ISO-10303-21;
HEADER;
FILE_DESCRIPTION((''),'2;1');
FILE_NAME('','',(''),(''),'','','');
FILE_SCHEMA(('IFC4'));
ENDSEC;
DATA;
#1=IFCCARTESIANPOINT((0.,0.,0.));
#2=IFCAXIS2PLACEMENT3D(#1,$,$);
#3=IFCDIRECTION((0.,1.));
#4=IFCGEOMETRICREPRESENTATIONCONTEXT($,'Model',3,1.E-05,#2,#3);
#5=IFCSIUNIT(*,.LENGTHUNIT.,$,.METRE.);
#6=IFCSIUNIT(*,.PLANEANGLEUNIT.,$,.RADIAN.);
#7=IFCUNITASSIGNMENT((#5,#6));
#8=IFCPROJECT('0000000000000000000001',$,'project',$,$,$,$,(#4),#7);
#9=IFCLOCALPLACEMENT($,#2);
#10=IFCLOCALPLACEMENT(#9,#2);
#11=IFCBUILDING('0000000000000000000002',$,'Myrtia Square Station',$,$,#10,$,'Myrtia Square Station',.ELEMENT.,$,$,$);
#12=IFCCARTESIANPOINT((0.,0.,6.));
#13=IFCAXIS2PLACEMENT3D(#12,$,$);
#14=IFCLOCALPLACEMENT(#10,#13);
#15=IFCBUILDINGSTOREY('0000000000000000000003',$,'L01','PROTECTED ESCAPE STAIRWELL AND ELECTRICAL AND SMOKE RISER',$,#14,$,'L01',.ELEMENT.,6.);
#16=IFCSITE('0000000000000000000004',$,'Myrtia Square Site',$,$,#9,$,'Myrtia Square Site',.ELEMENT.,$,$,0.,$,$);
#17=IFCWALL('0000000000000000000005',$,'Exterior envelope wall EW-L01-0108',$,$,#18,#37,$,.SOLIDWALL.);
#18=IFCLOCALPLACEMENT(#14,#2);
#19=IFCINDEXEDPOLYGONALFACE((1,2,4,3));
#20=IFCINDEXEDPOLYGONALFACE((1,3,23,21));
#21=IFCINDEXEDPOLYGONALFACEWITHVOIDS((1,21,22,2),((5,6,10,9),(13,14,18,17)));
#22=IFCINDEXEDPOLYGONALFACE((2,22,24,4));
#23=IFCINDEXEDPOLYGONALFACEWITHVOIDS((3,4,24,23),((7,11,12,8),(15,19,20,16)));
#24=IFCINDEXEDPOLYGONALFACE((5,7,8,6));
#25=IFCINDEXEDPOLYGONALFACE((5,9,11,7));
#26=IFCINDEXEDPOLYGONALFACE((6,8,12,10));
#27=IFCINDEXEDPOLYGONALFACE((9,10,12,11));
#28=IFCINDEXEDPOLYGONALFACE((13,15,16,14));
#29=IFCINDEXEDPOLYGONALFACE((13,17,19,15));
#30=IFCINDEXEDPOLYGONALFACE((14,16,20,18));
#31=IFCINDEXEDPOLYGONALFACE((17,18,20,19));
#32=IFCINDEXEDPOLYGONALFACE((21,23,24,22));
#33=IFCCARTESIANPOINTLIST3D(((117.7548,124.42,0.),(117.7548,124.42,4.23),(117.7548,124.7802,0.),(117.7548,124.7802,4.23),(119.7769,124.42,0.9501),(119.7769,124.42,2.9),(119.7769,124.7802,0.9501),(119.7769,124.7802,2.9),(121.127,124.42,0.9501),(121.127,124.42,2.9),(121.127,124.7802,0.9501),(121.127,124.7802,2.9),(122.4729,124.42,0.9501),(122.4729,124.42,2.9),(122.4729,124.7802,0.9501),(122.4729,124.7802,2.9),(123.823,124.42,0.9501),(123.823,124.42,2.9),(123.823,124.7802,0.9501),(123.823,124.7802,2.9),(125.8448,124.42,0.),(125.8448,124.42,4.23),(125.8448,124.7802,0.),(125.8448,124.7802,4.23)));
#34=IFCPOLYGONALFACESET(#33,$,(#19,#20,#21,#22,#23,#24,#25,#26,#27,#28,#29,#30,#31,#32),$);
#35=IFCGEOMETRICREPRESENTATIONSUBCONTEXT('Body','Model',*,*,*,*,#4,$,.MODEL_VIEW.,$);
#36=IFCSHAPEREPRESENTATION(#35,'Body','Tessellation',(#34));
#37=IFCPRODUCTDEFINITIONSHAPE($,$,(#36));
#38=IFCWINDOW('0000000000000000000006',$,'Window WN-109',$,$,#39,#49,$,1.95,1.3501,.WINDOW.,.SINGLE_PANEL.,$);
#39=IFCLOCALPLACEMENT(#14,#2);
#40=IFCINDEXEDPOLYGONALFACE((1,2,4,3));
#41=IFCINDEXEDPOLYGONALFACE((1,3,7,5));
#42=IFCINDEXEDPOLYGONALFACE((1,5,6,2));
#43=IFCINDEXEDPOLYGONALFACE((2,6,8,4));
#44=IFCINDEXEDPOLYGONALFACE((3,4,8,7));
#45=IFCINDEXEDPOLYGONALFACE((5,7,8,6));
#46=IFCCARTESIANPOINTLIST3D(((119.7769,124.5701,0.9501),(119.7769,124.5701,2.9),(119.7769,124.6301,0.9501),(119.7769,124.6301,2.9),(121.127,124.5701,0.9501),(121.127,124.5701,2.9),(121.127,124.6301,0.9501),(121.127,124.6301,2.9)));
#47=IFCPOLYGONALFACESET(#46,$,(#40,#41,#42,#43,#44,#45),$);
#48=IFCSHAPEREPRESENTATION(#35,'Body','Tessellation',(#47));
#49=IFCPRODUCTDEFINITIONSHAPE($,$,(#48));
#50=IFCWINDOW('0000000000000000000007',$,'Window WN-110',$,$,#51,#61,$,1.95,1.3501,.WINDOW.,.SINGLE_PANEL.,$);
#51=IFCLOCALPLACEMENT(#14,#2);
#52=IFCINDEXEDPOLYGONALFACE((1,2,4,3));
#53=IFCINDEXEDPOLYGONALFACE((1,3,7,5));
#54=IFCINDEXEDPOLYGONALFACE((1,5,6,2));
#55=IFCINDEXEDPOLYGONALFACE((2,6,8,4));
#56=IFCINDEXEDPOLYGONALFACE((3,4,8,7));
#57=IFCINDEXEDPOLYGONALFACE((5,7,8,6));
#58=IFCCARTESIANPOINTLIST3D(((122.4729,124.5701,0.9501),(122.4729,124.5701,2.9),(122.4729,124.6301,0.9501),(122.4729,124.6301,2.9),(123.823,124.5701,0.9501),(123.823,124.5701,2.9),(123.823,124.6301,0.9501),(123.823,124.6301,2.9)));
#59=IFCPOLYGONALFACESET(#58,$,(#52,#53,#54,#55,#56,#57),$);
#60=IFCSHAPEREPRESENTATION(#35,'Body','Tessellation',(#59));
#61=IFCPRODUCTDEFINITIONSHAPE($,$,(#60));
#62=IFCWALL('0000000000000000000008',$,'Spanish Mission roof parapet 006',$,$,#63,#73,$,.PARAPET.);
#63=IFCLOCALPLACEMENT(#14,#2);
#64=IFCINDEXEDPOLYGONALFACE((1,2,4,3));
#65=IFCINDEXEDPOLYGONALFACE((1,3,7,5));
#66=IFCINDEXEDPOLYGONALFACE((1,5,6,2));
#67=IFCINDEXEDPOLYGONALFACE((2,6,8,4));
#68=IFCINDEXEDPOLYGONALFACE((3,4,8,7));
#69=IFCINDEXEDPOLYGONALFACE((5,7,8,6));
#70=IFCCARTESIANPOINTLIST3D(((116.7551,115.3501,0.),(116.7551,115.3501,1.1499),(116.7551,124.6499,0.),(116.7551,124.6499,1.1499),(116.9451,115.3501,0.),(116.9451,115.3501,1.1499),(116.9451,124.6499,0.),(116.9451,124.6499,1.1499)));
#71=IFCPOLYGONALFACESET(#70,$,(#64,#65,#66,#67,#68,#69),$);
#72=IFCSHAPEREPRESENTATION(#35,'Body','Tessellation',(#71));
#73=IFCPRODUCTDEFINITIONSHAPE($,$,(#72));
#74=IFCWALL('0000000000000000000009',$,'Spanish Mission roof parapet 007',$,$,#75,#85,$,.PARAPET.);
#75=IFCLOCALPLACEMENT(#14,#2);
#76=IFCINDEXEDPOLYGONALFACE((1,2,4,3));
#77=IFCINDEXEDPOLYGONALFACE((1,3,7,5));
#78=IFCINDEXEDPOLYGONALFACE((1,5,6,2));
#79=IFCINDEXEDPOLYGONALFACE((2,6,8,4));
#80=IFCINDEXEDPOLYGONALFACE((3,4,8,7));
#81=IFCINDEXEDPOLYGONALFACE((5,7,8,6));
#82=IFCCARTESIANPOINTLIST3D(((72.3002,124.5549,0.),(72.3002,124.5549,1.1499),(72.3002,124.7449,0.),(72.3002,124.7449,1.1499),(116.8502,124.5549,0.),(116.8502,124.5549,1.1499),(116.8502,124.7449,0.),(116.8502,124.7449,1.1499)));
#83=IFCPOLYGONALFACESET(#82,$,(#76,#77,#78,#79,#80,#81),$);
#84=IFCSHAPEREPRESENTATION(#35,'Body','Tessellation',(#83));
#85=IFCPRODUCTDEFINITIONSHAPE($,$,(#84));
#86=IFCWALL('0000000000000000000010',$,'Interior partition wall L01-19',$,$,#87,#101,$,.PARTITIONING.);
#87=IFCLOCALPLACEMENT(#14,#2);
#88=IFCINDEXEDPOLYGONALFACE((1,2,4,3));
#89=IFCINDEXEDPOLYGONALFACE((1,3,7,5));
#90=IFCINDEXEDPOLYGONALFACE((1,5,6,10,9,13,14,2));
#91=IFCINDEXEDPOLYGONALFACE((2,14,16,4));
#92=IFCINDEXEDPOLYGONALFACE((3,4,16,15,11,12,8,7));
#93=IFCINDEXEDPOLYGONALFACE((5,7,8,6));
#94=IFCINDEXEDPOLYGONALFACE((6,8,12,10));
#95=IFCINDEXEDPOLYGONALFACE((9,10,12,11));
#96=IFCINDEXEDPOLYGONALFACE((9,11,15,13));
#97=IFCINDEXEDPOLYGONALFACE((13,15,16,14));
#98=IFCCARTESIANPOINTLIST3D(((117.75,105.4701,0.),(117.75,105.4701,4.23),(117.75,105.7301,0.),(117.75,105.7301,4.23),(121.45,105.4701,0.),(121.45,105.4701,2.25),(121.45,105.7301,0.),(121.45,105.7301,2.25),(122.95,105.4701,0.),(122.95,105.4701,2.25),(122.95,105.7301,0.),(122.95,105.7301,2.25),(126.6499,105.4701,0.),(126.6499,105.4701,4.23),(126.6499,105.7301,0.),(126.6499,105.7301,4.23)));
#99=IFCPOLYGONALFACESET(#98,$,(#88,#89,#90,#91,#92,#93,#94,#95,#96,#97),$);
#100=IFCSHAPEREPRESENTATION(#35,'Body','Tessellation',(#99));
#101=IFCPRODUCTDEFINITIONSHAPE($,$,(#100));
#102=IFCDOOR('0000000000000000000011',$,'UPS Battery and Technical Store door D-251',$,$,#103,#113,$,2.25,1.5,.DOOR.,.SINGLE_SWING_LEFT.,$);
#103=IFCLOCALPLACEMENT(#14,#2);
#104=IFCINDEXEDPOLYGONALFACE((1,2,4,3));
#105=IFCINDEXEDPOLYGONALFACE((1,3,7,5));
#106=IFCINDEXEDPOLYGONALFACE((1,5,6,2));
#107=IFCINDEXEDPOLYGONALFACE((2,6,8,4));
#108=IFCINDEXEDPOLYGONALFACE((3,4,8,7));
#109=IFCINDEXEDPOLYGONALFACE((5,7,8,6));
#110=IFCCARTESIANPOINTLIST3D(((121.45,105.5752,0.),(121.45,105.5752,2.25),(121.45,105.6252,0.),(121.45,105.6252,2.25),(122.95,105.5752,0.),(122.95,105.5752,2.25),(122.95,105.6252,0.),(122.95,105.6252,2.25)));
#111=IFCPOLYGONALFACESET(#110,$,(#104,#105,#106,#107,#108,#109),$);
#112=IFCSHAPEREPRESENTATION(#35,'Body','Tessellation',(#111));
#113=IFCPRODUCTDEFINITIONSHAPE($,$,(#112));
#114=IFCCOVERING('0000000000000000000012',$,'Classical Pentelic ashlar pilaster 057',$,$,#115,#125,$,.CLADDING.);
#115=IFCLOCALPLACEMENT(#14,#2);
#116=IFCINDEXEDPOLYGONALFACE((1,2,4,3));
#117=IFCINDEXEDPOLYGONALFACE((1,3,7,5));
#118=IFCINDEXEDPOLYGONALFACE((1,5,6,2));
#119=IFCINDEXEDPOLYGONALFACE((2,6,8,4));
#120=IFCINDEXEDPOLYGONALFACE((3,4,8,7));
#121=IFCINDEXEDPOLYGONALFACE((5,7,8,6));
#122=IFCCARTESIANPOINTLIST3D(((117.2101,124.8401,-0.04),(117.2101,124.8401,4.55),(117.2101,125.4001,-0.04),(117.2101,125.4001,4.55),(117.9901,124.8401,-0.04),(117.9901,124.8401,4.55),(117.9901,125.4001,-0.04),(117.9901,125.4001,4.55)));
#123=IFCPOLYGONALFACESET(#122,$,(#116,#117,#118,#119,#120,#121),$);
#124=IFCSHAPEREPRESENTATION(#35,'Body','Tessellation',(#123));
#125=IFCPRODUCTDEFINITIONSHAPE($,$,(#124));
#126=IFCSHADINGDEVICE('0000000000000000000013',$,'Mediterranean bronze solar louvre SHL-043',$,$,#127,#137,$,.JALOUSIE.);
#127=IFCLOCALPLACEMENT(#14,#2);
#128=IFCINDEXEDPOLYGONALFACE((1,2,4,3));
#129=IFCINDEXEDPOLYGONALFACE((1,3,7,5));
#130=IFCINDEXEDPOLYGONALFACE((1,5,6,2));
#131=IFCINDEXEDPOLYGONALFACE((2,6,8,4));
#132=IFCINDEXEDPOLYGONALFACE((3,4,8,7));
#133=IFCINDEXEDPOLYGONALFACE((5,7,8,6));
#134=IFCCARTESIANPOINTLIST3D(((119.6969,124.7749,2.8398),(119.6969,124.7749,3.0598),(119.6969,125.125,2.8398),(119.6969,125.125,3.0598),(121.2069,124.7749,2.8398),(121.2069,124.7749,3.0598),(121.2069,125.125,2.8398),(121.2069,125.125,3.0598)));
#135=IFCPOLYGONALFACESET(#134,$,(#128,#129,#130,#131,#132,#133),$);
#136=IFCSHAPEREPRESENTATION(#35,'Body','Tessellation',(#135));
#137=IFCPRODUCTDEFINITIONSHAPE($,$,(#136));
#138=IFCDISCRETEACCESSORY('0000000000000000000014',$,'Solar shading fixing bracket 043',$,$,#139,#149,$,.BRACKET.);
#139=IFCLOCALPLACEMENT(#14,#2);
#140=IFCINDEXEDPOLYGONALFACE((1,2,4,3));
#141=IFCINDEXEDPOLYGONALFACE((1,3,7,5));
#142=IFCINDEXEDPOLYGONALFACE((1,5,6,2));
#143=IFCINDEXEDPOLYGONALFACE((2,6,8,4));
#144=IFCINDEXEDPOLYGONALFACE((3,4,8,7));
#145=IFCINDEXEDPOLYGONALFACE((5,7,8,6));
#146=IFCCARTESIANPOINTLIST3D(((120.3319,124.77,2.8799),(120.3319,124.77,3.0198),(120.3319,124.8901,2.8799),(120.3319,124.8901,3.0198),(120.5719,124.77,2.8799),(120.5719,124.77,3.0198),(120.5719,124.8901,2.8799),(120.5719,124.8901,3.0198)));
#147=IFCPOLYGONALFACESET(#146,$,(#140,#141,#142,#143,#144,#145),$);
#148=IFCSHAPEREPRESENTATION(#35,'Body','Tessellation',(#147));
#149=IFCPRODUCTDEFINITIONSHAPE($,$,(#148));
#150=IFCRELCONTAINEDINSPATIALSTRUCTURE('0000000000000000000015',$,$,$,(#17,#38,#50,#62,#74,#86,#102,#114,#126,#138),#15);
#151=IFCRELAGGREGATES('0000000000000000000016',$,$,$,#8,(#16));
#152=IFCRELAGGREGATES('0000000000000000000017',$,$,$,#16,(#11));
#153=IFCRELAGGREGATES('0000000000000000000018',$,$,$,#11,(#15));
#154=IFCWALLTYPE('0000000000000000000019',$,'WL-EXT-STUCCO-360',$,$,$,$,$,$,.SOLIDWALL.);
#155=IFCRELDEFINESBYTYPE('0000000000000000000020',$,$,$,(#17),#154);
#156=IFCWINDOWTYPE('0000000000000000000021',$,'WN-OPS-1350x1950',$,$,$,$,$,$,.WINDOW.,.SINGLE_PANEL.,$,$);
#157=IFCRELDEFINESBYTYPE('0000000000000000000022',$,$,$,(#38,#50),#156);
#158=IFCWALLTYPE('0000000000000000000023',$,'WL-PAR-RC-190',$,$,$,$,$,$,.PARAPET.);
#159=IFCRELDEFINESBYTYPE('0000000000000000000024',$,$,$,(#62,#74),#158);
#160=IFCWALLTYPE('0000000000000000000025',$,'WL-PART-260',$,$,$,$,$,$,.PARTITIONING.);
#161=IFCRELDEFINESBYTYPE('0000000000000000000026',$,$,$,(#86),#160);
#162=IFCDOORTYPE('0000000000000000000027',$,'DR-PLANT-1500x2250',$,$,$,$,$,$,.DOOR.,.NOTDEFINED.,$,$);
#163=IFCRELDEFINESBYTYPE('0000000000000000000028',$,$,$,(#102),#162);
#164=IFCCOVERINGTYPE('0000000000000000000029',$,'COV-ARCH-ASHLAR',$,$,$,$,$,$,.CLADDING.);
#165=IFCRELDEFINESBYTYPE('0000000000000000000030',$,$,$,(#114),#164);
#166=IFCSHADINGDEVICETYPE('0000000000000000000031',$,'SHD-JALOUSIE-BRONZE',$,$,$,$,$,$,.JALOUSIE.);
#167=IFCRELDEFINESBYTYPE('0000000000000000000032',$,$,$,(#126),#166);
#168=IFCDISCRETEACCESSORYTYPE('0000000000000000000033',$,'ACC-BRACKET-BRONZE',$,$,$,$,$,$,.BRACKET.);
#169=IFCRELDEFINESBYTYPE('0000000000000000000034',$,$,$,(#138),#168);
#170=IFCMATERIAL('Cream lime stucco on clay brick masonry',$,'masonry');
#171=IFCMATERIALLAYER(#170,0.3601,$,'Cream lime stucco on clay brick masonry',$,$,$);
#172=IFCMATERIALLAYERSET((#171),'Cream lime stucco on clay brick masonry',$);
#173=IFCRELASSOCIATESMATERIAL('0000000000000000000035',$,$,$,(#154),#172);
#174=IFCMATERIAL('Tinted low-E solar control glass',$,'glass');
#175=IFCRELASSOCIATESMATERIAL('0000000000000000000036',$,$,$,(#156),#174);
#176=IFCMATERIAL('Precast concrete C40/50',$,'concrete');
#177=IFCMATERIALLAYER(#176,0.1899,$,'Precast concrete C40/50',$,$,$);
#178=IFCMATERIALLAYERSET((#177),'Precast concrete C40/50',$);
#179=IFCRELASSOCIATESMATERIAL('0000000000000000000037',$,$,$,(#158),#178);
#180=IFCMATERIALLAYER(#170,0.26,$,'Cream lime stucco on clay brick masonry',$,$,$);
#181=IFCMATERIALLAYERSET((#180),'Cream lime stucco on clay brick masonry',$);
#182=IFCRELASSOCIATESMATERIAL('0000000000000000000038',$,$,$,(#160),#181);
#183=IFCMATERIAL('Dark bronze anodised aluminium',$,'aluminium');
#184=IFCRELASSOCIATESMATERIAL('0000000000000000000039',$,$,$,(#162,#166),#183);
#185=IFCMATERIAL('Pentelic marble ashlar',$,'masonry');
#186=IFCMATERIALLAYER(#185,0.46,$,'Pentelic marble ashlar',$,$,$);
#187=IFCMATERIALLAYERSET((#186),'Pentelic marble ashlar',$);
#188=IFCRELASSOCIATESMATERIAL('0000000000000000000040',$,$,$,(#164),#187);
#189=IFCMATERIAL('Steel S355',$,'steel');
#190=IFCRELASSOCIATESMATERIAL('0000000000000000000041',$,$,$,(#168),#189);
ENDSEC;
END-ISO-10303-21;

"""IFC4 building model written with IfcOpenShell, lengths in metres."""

from ifc_helpers import new_model, si_unit, direction, frame, frame_2d, origin, origin_2d, place, context, subcontext, project, spatial, rectangle, extrude, material, layer, layer_set, type_object, element, fill, save


model = new_model("IFC4")

# Units and contexts
model_context = context("Model", 3, precision=1e-05, world=origin(), true_north=direction((0.0, 1.0)))
body_context = subcontext(model_context, "Body", "Model", "MODEL_VIEW")
ifc_project = project(units=[si_unit("LENGTHUNIT", "METRE"), si_unit("PLANEANGLEUNIT", "RADIAN")], contexts=[model_context])

# Site, building, storey
site_placement = place(None, origin())
site = spatial("IfcSite", under=ifc_project, at=site_placement, Name="Myrtia Square Site", LongName="Myrtia Square Site", CompositionType="ELEMENT", RefElevation=0.0)
building_placement = place(site_placement, origin())
building = spatial("IfcBuilding", under=site, at=building_placement, Name="Myrtia Square Station", LongName="Myrtia Square Station", CompositionType="ELEMENT")
storey_placement = place(building_placement, frame((0.0, 0.0, 6.0)))
storey = spatial("IfcBuildingStorey", under=building, at=storey_placement, Name="L01", Description="PROTECTED ESCAPE STAIRWELL AND ELECTRICAL AND SMOKE RISER", LongName="L01", CompositionType="ELEMENT", Elevation=6.0)

# Shared definitions
ifc_material_1 = material(Name="Steel S355", Category="steel")

# Shared definitions
ifc_material_2 = material(Name="Cream lime stucco on clay brick masonry", Category="masonry")

# Wall, openings, windows
ifc_layer_1 = layer(ifc_material_2, 0.3601, Name="Cream lime stucco on clay brick masonry")
ifc_layer_set_1 = layer_set([ifc_layer_1], Name="Cream lime stucco on clay brick masonry")
wall_type_1 = type_object("IfcWallType", Name="WL-EXT-STUCCO-360", PredefinedType="SOLIDWALL", material=ifc_layer_set_1)
wall_1_placement = place(storey_placement, frame((117.7549, 124.6001, 0.0), z_axis=(0.0, 0.0, 1.0), x_axis=(1.0, 0.0, 0.0)))
wall_1 = element("IfcWall", 1, at=wall_1_placement, inside=storey, type_object=wall_type_1, Name="Exterior envelope wall EW-L01-0108", PredefinedType="SOLIDWALL", context=body_context, shape_type="SweptSolid", body=[
    extrude(rectangle(XDim=8.0901, YDim=0.3601, at=frame_2d((4.0449, 0.0))), origin(), (0.0, 0.0, 1.0), 4.23),
])
opening_1_placement = place(wall_1_placement, frame((2.022, 0.0, 0.95)))
opening_1 = element("IfcOpeningElement", 2, at=opening_1_placement, cuts=wall_1, PredefinedType="OPENING", context=body_context, shape_type="SweptSolid", body=[
    extrude(rectangle(XDim=1.3501, YDim=1.95, at=frame_2d((0.675, 0.9751))), frame((0.0, 0.1951, 0.0), z_axis=(0.0, -1.0, 0.0), x_axis=(1.0, 0.0, 0.0)), (0.0, 0.0, 1.0), 0.3901),
])
opening_2_placement = place(wall_1_placement, frame((4.718, 0.0, 0.95)))
opening_2 = element("IfcOpeningElement", 3, at=opening_2_placement, cuts=wall_1, PredefinedType="OPENING", context=body_context, shape_type="SweptSolid", body=[
    extrude(rectangle(XDim=1.3501, YDim=1.95, at=frame_2d((0.675, 0.9751))), frame((0.0, 0.1951, 0.0), z_axis=(0.0, -1.0, 0.0), x_axis=(1.0, 0.0, 0.0)), (0.0, 0.0, 1.0), 0.3901),
])
ifc_material_3 = material(Name="Tinted low-E solar control glass", Category="glass")
window_type = type_object("IfcWindowType", Name="WN-OPS-1350x1950", PartitioningType="SINGLE_PANEL", PredefinedType="WINDOW", material=ifc_material_3)
window_1_placement = place(opening_1_placement, origin())
window_1 = element("IfcWindow", 4, at=window_1_placement, inside=storey, type_object=window_type, Name="Window WN-109", OverallHeight=1.95, OverallWidth=1.3501, PartitioningType="SINGLE_PANEL", PredefinedType="WINDOW", context=body_context, shape_type="SweptSolid", body=[
    extrude(rectangle(XDim=1.3501, YDim=1.95, at=frame_2d((0.675, 0.9751))), frame((0.0, 0.03, 0.0), z_axis=(0.0, -1.0, 0.0), x_axis=(1.0, 0.0, 0.0)), (0.0, 0.0, 1.0), 0.0601),
])
fill(opening_1, window_1)
window_2_placement = place(opening_2_placement, origin())
window_2 = element("IfcWindow", 5, at=window_2_placement, inside=storey, type_object=window_type, Name="Window WN-110", OverallHeight=1.95, OverallWidth=1.3501, PartitioningType="SINGLE_PANEL", PredefinedType="WINDOW", context=body_context, shape_type="SweptSolid", body=[
    extrude(rectangle(XDim=1.3501, YDim=1.95, at=frame_2d((0.675, 0.9751))), frame((0.0, 0.03, 0.0), z_axis=(0.0, -1.0, 0.0), x_axis=(1.0, 0.0, 0.0)), (0.0, 0.0, 1.0), 0.0601),
])
fill(opening_2, window_2)

# Walls
ifc_material_4 = material(Name="Precast concrete C40/50", Category="concrete")
ifc_layer_2 = layer(ifc_material_4, 0.1899, Name="Precast concrete C40/50")
ifc_layer_set_2 = layer_set([ifc_layer_2], Name="Precast concrete C40/50")
wall_type_2 = type_object("IfcWallType", Name="WL-PAR-RC-190", PredefinedType="PARAPET", material=ifc_layer_set_2)
wall_2_placement = place(storey_placement, frame((116.8501, 115.3501, 0.0), z_axis=(0.0, 0.0, 1.0), x_axis=(0.0, 1.0, 0.0)))
element("IfcWall", 6, at=wall_2_placement, inside=storey, type_object=wall_type_2, Name="Spanish Mission roof parapet 006", PredefinedType="PARAPET", context=body_context, shape_type="SweptSolid", body=[
    extrude(rectangle(XDim=9.2998, YDim=0.1899, at=frame_2d((4.6499, 0.0))), origin(), (0.0, 0.0, 1.0), 1.1499),
])
wall_3_placement = place(storey_placement, frame((116.8501, 124.6499, 0.0), z_axis=(0.0, 0.0, 1.0), x_axis=(-1.0, 0.0, 0.0)))
element("IfcWall", 7, at=wall_3_placement, inside=storey, type_object=wall_type_2, Name="Spanish Mission roof parapet 007", PredefinedType="PARAPET", context=body_context, shape_type="SweptSolid", body=[
    extrude(rectangle(XDim=44.55, YDim=0.1899, at=frame_2d((22.2749, 0.0))), origin(), (0.0, 0.0, 1.0), 1.1499),
])

# Wall, opening, door
ifc_layer_3 = layer(ifc_material_2, 0.26, Name="Cream lime stucco on clay brick masonry")
ifc_layer_set_3 = layer_set([ifc_layer_3], Name="Cream lime stucco on clay brick masonry")
wall_type_3 = type_object("IfcWallType", Name="WL-PART-260", PredefinedType="PARTITIONING", material=ifc_layer_set_3)
wall_4_placement = place(storey_placement, frame((117.75, 105.6001, 0.0), z_axis=(0.0, 0.0, 1.0), x_axis=(1.0, 0.0, 0.0)))
wall_4 = element("IfcWall", 8, at=wall_4_placement, inside=storey, type_object=wall_type_3, Name="Interior partition wall L01-19", PredefinedType="PARTITIONING", context=body_context, shape_type="SweptSolid", body=[
    extrude(rectangle(XDim=8.8999, YDim=0.26, at=frame_2d((4.45, 0.0))), origin(), (0.0, 0.0, 1.0), 4.23),
])
opening_3_placement = place(wall_4_placement, frame((3.7, 0.0, 0.0)))
opening_3 = element("IfcOpeningElement", 9, at=opening_3_placement, cuts=wall_4, PredefinedType="OPENING", context=body_context, shape_type="SweptSolid", body=[
    extrude(rectangle(XDim=1.5, YDim=2.25, at=frame_2d((0.75, 1.125))), frame((0.0, 0.145, 0.0), z_axis=(0.0, -1.0, 0.0), x_axis=(1.0, 0.0, 0.0)), (0.0, 0.0, 1.0), 0.29),
])
ifc_material_5 = material(Name="Dark bronze anodised aluminium", Category="aluminium")
door_type = type_object("IfcDoorType", Name="DR-PLANT-1500x2250", OperationType="NOTDEFINED", PredefinedType="DOOR", material=ifc_material_5)
door_placement = place(opening_3_placement, frame((1.5, 0.0, 0.0), z_axis=(0.0, 0.0, 1.0), x_axis=(-1.0, 0.0, 0.0)))
door = element("IfcDoor", 10, at=door_placement, inside=storey, type_object=door_type, Name="UPS Battery and Technical Store door D-251", OperationType="SINGLE_SWING_LEFT", OverallHeight=2.25, OverallWidth=1.5, PredefinedType="DOOR", context=body_context, shape_type="SweptSolid", body=[
    extrude(rectangle(XDim=1.5, YDim=2.25, at=frame_2d((0.75, 1.125))), frame((0.0, 0.0249, 0.0), z_axis=(0.0, -1.0, 0.0), x_axis=(1.0, 0.0, 0.0)), (0.0, 0.0, 1.0), 0.05),
])
fill(opening_3, door)

# Covering
ifc_material_6 = material(Name="Pentelic marble ashlar", Category="masonry")
ifc_layer_4 = layer(ifc_material_6, 0.46, Name="Pentelic marble ashlar")
ifc_layer_set_4 = layer_set([ifc_layer_4], Name="Pentelic marble ashlar")
covering_type = type_object("IfcCoveringType", Name="COV-ARCH-ASHLAR", PredefinedType="CLADDING", material=ifc_layer_set_4)
covering_placement = place(storey_placement, frame((117.6001, 125.1201, -0.04), z_axis=(0.0, 0.0, 1.0), x_axis=(1.0, 0.0, 0.0)))
element("IfcCovering", 11, at=covering_placement, inside=storey, type_object=covering_type, Name="Classical Pentelic ashlar pilaster 057", PredefinedType="CLADDING", context=body_context, shape_type="SweptSolid", body=[
    extrude(rectangle(XDim=0.78, YDim=0.5601, at=origin_2d()), origin(), (0.0, 0.0, 1.0), 4.5901),
])

# Shading device
shading_device_type = type_object("IfcShadingDeviceType", Name="SHD-JALOUSIE-BRONZE", PredefinedType="JALOUSIE", material=ifc_material_5)
shading_device_placement = place(storey_placement, frame((120.4519, 124.95, 2.8398), z_axis=(0.0, 0.0, 1.0), x_axis=(1.0, 0.0, 0.0)))
element("IfcShadingDevice", 12, at=shading_device_placement, inside=storey, type_object=shading_device_type, Name="Mediterranean bronze solar louvre SHL-043", PredefinedType="JALOUSIE", context=body_context, shape_type="SweptSolid", body=[
    extrude(rectangle(XDim=1.51, YDim=0.3501, at=origin_2d()), origin(), (0.0, 0.0, 1.0), 0.22),
])

# Discrete accessory
discrete_accessory_type = type_object("IfcDiscreteAccessoryType", Name="ACC-BRACKET-BRONZE", PredefinedType="BRACKET", material=ifc_material_1)
discrete_accessory_placement = place(storey_placement, frame((120.4519, 124.8301, 2.8799), z_axis=(0.0, 0.0, 1.0), x_axis=(1.0, 0.0, 0.0)))
element("IfcDiscreteAccessory", 13, at=discrete_accessory_placement, inside=storey, type_object=discrete_accessory_type, Name="Solar shading fixing bracket 043", PredefinedType="BRACKET", context=body_context, shape_type="SweptSolid", body=[
    extrude(rectangle(XDim=0.24, YDim=0.1201, at=origin_2d()), origin(), (0.0, 0.0, 1.0), 0.1399),
])

save(model, "model.ifc")
